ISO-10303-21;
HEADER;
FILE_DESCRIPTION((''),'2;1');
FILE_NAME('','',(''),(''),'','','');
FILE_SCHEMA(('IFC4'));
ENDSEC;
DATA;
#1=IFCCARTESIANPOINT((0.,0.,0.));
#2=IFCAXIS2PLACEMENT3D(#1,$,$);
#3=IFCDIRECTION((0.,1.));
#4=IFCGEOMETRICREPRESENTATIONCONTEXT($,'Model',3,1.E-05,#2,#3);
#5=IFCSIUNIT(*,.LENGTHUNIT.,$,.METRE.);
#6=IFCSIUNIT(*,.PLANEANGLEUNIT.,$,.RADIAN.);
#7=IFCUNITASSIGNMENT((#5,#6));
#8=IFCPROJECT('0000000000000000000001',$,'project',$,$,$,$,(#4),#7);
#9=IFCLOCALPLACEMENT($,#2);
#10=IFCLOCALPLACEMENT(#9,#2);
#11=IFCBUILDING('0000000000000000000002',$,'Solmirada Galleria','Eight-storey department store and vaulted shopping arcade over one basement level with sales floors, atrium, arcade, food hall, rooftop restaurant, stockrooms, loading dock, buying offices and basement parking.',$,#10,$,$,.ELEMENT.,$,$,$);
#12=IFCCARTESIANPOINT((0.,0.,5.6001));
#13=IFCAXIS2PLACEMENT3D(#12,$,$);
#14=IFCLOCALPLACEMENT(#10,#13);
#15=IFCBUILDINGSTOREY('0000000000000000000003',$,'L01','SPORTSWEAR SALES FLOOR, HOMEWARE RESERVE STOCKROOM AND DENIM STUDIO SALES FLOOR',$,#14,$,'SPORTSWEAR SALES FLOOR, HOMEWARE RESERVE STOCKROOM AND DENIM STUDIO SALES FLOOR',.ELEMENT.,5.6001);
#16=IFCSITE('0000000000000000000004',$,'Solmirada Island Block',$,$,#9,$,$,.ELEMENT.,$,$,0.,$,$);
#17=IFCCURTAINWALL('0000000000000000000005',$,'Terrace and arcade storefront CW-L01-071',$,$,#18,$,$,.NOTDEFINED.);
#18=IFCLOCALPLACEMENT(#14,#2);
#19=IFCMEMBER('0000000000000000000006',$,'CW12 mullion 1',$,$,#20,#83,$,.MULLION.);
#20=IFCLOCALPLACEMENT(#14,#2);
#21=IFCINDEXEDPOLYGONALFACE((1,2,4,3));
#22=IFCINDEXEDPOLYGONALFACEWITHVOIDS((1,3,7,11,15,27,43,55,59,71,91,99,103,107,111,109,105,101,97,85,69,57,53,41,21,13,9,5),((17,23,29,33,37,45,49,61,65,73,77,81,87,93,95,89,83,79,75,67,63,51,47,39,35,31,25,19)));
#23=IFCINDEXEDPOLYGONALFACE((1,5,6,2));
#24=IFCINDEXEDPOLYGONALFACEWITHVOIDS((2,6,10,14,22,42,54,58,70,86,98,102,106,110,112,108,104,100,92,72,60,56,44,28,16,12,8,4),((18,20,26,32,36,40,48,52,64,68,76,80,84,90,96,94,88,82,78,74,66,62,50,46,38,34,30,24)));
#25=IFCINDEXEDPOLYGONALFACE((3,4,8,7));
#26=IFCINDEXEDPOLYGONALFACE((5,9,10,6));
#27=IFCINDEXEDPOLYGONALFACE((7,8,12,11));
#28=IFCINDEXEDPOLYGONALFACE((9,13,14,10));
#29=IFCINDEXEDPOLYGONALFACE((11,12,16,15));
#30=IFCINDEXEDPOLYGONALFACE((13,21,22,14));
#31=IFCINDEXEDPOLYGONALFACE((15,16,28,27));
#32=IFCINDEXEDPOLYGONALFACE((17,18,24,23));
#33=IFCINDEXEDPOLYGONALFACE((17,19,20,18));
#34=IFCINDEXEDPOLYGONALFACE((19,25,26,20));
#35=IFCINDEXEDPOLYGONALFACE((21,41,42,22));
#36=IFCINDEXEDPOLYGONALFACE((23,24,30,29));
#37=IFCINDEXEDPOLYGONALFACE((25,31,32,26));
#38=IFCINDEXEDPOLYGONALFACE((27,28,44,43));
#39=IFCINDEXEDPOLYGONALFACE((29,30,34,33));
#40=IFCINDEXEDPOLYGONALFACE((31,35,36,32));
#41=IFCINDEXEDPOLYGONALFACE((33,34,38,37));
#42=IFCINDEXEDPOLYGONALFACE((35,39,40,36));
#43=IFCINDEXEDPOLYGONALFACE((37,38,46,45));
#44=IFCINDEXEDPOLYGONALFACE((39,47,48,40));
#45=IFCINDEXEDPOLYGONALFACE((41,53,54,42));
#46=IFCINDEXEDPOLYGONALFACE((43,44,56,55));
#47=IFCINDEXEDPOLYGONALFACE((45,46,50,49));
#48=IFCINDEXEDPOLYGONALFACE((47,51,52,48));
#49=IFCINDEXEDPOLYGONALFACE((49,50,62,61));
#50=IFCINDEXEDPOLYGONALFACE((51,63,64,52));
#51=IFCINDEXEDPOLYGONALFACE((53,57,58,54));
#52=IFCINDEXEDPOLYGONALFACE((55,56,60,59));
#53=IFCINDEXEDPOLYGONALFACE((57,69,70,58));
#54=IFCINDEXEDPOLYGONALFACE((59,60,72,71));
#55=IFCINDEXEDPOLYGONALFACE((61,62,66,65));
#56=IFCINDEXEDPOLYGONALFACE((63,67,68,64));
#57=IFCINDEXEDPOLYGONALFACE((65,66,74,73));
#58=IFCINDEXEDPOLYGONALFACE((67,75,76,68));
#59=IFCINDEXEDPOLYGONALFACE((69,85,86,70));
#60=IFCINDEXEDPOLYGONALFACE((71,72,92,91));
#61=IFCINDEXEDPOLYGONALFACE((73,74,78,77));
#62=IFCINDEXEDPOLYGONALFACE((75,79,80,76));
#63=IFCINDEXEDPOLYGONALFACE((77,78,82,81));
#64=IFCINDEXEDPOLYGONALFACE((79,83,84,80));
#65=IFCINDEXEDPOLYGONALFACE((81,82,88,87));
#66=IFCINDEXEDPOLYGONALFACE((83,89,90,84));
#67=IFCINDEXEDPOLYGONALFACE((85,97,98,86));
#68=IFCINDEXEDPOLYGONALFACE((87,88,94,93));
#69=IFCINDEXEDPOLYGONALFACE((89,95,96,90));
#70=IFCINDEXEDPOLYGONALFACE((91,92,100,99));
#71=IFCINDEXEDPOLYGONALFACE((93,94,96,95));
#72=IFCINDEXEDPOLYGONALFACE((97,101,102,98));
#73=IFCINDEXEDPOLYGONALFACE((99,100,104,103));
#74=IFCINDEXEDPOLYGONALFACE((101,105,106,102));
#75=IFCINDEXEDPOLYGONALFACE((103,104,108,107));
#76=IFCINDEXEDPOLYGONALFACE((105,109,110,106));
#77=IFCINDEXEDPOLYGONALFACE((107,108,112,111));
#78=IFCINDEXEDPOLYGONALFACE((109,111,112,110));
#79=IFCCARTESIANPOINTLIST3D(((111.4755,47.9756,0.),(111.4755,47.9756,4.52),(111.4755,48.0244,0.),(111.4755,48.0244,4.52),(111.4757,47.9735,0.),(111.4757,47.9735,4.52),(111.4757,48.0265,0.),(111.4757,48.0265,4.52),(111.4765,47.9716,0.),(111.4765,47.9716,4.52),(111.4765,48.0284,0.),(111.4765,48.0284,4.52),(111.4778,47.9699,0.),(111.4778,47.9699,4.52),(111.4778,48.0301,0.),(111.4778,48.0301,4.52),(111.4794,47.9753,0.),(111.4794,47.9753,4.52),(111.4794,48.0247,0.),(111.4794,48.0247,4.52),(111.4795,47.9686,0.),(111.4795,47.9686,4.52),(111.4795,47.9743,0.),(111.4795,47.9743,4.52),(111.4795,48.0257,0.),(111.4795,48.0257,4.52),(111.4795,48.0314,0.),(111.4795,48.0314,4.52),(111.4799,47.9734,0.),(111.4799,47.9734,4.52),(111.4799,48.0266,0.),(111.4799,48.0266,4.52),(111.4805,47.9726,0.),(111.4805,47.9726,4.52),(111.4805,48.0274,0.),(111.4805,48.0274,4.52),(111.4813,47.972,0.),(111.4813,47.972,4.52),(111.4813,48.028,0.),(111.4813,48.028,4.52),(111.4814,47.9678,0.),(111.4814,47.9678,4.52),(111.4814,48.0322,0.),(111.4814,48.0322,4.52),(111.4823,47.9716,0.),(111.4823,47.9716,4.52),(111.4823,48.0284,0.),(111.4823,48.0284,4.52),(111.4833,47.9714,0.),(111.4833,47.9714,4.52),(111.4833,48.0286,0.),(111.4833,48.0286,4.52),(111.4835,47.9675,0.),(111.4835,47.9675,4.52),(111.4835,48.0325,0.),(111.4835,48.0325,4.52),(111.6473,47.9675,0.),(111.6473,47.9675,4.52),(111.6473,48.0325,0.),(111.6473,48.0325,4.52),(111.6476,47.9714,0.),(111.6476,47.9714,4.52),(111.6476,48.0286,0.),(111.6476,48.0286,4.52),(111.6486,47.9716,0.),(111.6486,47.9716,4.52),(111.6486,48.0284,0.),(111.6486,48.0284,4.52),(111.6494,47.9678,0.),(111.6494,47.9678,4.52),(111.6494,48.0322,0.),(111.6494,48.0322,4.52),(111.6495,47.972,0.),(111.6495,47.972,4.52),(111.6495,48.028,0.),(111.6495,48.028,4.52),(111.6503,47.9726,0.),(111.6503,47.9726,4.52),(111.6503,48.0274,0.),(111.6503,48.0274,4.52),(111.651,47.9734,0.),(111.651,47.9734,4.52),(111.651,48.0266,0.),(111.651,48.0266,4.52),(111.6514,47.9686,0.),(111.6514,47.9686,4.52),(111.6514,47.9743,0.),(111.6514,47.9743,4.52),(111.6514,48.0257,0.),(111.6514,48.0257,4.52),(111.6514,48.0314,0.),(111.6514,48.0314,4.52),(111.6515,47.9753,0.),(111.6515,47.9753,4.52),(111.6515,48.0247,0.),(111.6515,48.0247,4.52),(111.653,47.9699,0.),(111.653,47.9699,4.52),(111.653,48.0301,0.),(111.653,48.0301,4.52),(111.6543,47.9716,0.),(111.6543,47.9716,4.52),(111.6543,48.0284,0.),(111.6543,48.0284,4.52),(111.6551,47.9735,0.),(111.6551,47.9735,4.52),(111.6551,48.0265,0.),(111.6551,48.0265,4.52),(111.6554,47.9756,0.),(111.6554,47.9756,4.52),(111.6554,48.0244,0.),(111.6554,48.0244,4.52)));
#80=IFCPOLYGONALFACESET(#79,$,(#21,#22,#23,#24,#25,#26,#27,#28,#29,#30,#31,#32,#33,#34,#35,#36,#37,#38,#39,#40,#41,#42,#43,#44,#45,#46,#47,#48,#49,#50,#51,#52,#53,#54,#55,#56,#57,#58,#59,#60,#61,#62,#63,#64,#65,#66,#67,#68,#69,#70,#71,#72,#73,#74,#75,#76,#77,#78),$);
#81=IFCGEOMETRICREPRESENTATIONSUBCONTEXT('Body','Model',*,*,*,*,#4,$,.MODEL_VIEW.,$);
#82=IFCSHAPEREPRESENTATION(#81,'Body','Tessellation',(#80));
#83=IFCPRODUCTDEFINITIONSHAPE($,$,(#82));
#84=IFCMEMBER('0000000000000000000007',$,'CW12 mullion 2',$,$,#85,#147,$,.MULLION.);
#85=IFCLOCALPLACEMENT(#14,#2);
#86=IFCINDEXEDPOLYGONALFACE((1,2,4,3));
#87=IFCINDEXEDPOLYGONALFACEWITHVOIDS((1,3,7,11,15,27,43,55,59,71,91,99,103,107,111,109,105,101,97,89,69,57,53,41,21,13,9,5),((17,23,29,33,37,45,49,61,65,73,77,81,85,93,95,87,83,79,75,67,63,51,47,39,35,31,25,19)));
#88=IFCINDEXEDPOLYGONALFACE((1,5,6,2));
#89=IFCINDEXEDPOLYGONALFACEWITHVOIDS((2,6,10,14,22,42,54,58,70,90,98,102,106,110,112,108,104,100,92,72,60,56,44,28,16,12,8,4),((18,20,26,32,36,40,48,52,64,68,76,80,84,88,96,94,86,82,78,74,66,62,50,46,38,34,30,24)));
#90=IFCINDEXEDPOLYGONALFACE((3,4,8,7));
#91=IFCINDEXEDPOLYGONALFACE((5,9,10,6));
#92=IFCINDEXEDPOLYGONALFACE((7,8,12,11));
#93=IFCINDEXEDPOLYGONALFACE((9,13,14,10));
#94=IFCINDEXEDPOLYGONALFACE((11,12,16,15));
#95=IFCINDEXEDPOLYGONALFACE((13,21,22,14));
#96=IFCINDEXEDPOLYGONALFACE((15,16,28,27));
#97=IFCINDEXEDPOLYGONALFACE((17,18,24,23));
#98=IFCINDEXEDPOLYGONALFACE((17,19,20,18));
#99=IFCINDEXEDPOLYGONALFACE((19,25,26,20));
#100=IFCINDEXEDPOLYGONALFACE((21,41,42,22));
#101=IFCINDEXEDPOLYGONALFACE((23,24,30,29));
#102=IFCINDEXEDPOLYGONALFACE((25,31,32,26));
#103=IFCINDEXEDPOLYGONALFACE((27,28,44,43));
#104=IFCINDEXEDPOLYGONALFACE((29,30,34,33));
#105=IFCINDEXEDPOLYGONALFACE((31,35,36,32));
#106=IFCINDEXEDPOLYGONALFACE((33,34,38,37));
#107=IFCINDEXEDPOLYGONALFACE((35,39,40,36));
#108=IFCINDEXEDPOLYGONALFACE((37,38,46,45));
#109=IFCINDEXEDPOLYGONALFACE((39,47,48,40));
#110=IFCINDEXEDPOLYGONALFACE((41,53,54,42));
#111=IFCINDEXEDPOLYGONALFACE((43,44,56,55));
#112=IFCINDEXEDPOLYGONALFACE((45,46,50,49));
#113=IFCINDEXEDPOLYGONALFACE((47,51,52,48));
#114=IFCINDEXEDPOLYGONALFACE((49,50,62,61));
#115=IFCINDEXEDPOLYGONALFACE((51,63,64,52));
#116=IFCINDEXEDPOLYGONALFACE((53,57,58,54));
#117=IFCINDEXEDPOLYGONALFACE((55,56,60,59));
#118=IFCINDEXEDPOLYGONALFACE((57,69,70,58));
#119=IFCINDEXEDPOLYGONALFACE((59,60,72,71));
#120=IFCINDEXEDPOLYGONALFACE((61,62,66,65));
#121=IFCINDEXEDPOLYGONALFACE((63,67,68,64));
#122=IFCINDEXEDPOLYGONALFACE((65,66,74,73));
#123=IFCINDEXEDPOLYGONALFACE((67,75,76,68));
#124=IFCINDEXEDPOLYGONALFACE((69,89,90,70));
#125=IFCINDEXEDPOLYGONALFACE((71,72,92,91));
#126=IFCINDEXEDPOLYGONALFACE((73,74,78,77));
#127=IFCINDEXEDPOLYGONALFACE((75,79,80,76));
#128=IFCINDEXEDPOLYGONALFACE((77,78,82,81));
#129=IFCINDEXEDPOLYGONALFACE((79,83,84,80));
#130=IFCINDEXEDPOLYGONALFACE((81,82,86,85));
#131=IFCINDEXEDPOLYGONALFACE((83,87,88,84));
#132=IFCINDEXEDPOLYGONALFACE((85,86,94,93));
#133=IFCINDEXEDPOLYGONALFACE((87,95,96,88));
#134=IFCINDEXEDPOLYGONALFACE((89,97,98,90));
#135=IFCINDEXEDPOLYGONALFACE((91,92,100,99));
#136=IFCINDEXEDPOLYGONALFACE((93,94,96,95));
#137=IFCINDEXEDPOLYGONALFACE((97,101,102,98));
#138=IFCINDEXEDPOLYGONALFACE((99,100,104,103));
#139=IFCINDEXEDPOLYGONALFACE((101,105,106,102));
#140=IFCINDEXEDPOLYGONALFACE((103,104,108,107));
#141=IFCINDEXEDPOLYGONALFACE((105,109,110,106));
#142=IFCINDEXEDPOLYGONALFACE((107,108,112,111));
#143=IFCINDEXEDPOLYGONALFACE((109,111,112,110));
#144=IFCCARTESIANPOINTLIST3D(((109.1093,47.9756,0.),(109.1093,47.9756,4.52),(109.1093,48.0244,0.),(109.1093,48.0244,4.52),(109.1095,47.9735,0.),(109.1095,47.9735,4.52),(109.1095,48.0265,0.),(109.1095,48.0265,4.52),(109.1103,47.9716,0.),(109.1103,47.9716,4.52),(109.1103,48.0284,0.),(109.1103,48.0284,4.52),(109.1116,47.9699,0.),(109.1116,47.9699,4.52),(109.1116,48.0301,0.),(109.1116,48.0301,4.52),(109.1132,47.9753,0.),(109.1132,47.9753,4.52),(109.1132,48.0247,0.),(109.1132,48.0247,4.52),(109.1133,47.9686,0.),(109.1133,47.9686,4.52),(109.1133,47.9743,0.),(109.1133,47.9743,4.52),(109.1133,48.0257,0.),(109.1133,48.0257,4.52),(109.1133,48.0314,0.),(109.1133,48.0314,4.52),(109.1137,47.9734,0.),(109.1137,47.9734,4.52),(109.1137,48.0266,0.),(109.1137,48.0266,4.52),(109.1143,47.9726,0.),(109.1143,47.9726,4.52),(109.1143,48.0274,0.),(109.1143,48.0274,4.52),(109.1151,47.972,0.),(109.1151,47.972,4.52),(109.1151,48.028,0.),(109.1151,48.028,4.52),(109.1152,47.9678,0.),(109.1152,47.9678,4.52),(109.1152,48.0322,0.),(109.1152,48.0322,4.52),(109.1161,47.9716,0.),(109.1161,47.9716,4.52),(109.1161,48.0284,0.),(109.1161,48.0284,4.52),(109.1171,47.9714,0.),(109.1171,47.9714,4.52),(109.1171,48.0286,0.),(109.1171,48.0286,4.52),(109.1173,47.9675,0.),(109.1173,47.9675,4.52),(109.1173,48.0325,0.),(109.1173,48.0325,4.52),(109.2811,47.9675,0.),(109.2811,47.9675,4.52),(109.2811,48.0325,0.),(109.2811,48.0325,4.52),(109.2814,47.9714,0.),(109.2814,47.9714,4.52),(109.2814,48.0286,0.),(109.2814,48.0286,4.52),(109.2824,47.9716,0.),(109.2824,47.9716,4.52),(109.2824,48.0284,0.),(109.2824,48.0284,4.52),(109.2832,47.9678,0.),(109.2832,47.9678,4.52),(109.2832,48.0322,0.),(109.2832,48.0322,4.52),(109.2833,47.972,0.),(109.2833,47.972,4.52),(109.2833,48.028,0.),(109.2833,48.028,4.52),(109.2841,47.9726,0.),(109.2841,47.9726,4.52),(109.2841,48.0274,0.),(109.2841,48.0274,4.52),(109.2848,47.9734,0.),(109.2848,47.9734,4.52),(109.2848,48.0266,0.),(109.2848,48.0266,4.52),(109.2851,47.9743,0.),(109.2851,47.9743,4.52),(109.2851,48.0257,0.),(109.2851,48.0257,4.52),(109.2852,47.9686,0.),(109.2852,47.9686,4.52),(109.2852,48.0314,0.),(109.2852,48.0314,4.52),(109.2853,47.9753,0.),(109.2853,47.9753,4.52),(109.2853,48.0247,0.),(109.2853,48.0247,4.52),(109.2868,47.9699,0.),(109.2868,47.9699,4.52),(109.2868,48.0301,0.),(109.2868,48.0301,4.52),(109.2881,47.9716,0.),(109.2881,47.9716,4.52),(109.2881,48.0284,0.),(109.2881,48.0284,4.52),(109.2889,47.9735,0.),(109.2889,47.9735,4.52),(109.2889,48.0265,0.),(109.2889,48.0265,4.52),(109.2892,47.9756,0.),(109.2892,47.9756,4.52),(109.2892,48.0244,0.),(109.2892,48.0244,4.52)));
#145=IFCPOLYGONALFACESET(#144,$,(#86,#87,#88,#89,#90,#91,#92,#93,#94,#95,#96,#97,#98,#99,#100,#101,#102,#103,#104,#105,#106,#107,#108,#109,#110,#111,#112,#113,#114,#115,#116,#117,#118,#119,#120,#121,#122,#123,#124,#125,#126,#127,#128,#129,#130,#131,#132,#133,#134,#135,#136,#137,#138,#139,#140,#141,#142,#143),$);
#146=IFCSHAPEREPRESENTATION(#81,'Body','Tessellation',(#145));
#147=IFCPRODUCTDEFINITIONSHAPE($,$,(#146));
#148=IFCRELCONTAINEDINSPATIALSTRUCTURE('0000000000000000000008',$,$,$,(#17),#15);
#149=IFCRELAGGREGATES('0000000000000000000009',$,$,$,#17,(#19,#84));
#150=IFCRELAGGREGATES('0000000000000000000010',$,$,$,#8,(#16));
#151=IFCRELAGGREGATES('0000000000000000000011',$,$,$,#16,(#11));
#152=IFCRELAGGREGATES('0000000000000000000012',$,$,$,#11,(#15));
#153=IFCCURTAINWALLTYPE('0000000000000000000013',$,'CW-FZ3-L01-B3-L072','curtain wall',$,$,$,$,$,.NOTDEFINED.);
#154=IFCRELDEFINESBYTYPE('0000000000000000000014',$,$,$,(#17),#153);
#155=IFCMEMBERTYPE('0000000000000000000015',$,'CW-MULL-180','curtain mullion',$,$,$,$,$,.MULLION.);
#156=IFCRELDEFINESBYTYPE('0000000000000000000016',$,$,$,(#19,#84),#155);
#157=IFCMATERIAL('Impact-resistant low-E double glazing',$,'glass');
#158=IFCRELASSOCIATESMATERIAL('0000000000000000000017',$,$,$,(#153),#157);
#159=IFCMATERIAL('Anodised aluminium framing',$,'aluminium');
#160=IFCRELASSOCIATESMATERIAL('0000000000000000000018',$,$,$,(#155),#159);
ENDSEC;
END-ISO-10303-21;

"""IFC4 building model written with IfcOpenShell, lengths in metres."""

from ifc_helpers import new_model, si_unit, direction, frame, origin, origin_2d, place, context, subcontext, project, spatial, hollow_rectangle, extrude, material, material_profile, profile_set, type_object, element, aggregate, save


model = new_model("IFC4")

# Units and contexts
model_context = context("Model", 3, precision=1e-05, world=origin(), true_north=direction((0.0, 1.0)))
body_context = subcontext(model_context, "Body", "Model", "MODEL_VIEW")
ifc_project = project(units=[si_unit("LENGTHUNIT", "METRE"), si_unit("PLANEANGLEUNIT", "RADIAN")], contexts=[model_context])

# Site, building, storey
site_placement = place(None, origin())
site = spatial("IfcSite", under=ifc_project, at=site_placement, Name="Solmirada Island Block", CompositionType="ELEMENT", RefElevation=0.0)
building_placement = place(site_placement, origin())
building = spatial("IfcBuilding", under=site, at=building_placement, Name="Solmirada Galleria", Description="Eight-storey department store and vaulted shopping arcade over one basement level with sales floors, atrium, arcade, food hall, rooftop restaurant, stockrooms, loading dock, buying offices and basement parking.", CompositionType="ELEMENT")
storey_placement = place(building_placement, frame((0.0, 0.0, 5.6001)))
storey = spatial("IfcBuildingStorey", under=building, at=storey_placement, Name="L01", Description="SPORTSWEAR SALES FLOOR, HOMEWARE RESERVE STOCKROOM AND DENIM STUDIO SALES FLOOR", LongName="SPORTSWEAR SALES FLOOR, HOMEWARE RESERVE STOCKROOM AND DENIM STUDIO SALES FLOOR", CompositionType="ELEMENT", Elevation=5.6001)

# Curtain wall, members
ifc_material_1 = material(Name="Impact-resistant low-E double glazing", Category="glass")
curtain_wall_type = type_object("IfcCurtainWallType", Name="CW-FZ3-L01-B3-L072", Description="curtain wall", PredefinedType="NOTDEFINED", material=ifc_material_1)
ifc_material_2 = material(Name="Anodised aluminium framing", Category="aluminium")
ifc_material_profile_1 = material_profile(ifc_material_2, hollow_rectangle(XDim=0.0649, YDim=0.1799, WallThickness=0.0039, InnerFilletRadius=0.0039, OuterFilletRadius=0.0081, at=origin_2d()), Name="ALU-MULL-180X65")
ifc_profile_set_1 = profile_set([ifc_material_profile_1], Name="Anodised aluminium framing")
member_type_1 = type_object("IfcMemberType", Name="CW-MULL-180", Description="curtain mullion", PredefinedType="MULLION", material=ifc_profile_set_1)
curtain_wall_1_placement = place(storey_placement, origin())
curtain_wall_1 = element("IfcCurtainWall", 1, at=curtain_wall_1_placement, inside=storey, type_object=curtain_wall_type, Name="Terrace and arcade storefront CW-L01-071", PredefinedType="NOTDEFINED")
member_1_placement = place(storey_placement, frame((111.5654, 48.0, 0.0), z_axis=(0.0, 0.0, 1.0), x_axis=(0.0, -1.0, 0.0)))
member_1 = element("IfcMember", 2, at=member_1_placement, type_object=member_type_1, Name="CW12 mullion 1", PredefinedType="MULLION", context=body_context, shape_type="SweptSolid", body=[
    extrude(hollow_rectangle(XDim=0.0649, YDim=0.1799, WallThickness=0.0039, InnerFilletRadius=0.0039, OuterFilletRadius=0.0081, at=origin_2d()), origin(), (0.0, 0.0, 1.0), 4.52),
])
member_2_placement = place(storey_placement, frame((109.1992, 48.0, 0.0), z_axis=(0.0, 0.0, 1.0), x_axis=(0.0, -1.0, 0.0)))
member_2 = element("IfcMember", 3, at=member_2_placement, type_object=member_type_1, Name="CW12 mullion 2", PredefinedType="MULLION", context=body_context, shape_type="SweptSolid", body=[
    extrude(hollow_rectangle(XDim=0.0649, YDim=0.1799, WallThickness=0.0039, InnerFilletRadius=0.0039, OuterFilletRadius=0.0081, at=origin_2d()), origin(), (0.0, 0.0, 1.0), 4.52),
])

aggregate(curtain_wall_1, [member_1, member_2])

save(model, "model.ifc")
